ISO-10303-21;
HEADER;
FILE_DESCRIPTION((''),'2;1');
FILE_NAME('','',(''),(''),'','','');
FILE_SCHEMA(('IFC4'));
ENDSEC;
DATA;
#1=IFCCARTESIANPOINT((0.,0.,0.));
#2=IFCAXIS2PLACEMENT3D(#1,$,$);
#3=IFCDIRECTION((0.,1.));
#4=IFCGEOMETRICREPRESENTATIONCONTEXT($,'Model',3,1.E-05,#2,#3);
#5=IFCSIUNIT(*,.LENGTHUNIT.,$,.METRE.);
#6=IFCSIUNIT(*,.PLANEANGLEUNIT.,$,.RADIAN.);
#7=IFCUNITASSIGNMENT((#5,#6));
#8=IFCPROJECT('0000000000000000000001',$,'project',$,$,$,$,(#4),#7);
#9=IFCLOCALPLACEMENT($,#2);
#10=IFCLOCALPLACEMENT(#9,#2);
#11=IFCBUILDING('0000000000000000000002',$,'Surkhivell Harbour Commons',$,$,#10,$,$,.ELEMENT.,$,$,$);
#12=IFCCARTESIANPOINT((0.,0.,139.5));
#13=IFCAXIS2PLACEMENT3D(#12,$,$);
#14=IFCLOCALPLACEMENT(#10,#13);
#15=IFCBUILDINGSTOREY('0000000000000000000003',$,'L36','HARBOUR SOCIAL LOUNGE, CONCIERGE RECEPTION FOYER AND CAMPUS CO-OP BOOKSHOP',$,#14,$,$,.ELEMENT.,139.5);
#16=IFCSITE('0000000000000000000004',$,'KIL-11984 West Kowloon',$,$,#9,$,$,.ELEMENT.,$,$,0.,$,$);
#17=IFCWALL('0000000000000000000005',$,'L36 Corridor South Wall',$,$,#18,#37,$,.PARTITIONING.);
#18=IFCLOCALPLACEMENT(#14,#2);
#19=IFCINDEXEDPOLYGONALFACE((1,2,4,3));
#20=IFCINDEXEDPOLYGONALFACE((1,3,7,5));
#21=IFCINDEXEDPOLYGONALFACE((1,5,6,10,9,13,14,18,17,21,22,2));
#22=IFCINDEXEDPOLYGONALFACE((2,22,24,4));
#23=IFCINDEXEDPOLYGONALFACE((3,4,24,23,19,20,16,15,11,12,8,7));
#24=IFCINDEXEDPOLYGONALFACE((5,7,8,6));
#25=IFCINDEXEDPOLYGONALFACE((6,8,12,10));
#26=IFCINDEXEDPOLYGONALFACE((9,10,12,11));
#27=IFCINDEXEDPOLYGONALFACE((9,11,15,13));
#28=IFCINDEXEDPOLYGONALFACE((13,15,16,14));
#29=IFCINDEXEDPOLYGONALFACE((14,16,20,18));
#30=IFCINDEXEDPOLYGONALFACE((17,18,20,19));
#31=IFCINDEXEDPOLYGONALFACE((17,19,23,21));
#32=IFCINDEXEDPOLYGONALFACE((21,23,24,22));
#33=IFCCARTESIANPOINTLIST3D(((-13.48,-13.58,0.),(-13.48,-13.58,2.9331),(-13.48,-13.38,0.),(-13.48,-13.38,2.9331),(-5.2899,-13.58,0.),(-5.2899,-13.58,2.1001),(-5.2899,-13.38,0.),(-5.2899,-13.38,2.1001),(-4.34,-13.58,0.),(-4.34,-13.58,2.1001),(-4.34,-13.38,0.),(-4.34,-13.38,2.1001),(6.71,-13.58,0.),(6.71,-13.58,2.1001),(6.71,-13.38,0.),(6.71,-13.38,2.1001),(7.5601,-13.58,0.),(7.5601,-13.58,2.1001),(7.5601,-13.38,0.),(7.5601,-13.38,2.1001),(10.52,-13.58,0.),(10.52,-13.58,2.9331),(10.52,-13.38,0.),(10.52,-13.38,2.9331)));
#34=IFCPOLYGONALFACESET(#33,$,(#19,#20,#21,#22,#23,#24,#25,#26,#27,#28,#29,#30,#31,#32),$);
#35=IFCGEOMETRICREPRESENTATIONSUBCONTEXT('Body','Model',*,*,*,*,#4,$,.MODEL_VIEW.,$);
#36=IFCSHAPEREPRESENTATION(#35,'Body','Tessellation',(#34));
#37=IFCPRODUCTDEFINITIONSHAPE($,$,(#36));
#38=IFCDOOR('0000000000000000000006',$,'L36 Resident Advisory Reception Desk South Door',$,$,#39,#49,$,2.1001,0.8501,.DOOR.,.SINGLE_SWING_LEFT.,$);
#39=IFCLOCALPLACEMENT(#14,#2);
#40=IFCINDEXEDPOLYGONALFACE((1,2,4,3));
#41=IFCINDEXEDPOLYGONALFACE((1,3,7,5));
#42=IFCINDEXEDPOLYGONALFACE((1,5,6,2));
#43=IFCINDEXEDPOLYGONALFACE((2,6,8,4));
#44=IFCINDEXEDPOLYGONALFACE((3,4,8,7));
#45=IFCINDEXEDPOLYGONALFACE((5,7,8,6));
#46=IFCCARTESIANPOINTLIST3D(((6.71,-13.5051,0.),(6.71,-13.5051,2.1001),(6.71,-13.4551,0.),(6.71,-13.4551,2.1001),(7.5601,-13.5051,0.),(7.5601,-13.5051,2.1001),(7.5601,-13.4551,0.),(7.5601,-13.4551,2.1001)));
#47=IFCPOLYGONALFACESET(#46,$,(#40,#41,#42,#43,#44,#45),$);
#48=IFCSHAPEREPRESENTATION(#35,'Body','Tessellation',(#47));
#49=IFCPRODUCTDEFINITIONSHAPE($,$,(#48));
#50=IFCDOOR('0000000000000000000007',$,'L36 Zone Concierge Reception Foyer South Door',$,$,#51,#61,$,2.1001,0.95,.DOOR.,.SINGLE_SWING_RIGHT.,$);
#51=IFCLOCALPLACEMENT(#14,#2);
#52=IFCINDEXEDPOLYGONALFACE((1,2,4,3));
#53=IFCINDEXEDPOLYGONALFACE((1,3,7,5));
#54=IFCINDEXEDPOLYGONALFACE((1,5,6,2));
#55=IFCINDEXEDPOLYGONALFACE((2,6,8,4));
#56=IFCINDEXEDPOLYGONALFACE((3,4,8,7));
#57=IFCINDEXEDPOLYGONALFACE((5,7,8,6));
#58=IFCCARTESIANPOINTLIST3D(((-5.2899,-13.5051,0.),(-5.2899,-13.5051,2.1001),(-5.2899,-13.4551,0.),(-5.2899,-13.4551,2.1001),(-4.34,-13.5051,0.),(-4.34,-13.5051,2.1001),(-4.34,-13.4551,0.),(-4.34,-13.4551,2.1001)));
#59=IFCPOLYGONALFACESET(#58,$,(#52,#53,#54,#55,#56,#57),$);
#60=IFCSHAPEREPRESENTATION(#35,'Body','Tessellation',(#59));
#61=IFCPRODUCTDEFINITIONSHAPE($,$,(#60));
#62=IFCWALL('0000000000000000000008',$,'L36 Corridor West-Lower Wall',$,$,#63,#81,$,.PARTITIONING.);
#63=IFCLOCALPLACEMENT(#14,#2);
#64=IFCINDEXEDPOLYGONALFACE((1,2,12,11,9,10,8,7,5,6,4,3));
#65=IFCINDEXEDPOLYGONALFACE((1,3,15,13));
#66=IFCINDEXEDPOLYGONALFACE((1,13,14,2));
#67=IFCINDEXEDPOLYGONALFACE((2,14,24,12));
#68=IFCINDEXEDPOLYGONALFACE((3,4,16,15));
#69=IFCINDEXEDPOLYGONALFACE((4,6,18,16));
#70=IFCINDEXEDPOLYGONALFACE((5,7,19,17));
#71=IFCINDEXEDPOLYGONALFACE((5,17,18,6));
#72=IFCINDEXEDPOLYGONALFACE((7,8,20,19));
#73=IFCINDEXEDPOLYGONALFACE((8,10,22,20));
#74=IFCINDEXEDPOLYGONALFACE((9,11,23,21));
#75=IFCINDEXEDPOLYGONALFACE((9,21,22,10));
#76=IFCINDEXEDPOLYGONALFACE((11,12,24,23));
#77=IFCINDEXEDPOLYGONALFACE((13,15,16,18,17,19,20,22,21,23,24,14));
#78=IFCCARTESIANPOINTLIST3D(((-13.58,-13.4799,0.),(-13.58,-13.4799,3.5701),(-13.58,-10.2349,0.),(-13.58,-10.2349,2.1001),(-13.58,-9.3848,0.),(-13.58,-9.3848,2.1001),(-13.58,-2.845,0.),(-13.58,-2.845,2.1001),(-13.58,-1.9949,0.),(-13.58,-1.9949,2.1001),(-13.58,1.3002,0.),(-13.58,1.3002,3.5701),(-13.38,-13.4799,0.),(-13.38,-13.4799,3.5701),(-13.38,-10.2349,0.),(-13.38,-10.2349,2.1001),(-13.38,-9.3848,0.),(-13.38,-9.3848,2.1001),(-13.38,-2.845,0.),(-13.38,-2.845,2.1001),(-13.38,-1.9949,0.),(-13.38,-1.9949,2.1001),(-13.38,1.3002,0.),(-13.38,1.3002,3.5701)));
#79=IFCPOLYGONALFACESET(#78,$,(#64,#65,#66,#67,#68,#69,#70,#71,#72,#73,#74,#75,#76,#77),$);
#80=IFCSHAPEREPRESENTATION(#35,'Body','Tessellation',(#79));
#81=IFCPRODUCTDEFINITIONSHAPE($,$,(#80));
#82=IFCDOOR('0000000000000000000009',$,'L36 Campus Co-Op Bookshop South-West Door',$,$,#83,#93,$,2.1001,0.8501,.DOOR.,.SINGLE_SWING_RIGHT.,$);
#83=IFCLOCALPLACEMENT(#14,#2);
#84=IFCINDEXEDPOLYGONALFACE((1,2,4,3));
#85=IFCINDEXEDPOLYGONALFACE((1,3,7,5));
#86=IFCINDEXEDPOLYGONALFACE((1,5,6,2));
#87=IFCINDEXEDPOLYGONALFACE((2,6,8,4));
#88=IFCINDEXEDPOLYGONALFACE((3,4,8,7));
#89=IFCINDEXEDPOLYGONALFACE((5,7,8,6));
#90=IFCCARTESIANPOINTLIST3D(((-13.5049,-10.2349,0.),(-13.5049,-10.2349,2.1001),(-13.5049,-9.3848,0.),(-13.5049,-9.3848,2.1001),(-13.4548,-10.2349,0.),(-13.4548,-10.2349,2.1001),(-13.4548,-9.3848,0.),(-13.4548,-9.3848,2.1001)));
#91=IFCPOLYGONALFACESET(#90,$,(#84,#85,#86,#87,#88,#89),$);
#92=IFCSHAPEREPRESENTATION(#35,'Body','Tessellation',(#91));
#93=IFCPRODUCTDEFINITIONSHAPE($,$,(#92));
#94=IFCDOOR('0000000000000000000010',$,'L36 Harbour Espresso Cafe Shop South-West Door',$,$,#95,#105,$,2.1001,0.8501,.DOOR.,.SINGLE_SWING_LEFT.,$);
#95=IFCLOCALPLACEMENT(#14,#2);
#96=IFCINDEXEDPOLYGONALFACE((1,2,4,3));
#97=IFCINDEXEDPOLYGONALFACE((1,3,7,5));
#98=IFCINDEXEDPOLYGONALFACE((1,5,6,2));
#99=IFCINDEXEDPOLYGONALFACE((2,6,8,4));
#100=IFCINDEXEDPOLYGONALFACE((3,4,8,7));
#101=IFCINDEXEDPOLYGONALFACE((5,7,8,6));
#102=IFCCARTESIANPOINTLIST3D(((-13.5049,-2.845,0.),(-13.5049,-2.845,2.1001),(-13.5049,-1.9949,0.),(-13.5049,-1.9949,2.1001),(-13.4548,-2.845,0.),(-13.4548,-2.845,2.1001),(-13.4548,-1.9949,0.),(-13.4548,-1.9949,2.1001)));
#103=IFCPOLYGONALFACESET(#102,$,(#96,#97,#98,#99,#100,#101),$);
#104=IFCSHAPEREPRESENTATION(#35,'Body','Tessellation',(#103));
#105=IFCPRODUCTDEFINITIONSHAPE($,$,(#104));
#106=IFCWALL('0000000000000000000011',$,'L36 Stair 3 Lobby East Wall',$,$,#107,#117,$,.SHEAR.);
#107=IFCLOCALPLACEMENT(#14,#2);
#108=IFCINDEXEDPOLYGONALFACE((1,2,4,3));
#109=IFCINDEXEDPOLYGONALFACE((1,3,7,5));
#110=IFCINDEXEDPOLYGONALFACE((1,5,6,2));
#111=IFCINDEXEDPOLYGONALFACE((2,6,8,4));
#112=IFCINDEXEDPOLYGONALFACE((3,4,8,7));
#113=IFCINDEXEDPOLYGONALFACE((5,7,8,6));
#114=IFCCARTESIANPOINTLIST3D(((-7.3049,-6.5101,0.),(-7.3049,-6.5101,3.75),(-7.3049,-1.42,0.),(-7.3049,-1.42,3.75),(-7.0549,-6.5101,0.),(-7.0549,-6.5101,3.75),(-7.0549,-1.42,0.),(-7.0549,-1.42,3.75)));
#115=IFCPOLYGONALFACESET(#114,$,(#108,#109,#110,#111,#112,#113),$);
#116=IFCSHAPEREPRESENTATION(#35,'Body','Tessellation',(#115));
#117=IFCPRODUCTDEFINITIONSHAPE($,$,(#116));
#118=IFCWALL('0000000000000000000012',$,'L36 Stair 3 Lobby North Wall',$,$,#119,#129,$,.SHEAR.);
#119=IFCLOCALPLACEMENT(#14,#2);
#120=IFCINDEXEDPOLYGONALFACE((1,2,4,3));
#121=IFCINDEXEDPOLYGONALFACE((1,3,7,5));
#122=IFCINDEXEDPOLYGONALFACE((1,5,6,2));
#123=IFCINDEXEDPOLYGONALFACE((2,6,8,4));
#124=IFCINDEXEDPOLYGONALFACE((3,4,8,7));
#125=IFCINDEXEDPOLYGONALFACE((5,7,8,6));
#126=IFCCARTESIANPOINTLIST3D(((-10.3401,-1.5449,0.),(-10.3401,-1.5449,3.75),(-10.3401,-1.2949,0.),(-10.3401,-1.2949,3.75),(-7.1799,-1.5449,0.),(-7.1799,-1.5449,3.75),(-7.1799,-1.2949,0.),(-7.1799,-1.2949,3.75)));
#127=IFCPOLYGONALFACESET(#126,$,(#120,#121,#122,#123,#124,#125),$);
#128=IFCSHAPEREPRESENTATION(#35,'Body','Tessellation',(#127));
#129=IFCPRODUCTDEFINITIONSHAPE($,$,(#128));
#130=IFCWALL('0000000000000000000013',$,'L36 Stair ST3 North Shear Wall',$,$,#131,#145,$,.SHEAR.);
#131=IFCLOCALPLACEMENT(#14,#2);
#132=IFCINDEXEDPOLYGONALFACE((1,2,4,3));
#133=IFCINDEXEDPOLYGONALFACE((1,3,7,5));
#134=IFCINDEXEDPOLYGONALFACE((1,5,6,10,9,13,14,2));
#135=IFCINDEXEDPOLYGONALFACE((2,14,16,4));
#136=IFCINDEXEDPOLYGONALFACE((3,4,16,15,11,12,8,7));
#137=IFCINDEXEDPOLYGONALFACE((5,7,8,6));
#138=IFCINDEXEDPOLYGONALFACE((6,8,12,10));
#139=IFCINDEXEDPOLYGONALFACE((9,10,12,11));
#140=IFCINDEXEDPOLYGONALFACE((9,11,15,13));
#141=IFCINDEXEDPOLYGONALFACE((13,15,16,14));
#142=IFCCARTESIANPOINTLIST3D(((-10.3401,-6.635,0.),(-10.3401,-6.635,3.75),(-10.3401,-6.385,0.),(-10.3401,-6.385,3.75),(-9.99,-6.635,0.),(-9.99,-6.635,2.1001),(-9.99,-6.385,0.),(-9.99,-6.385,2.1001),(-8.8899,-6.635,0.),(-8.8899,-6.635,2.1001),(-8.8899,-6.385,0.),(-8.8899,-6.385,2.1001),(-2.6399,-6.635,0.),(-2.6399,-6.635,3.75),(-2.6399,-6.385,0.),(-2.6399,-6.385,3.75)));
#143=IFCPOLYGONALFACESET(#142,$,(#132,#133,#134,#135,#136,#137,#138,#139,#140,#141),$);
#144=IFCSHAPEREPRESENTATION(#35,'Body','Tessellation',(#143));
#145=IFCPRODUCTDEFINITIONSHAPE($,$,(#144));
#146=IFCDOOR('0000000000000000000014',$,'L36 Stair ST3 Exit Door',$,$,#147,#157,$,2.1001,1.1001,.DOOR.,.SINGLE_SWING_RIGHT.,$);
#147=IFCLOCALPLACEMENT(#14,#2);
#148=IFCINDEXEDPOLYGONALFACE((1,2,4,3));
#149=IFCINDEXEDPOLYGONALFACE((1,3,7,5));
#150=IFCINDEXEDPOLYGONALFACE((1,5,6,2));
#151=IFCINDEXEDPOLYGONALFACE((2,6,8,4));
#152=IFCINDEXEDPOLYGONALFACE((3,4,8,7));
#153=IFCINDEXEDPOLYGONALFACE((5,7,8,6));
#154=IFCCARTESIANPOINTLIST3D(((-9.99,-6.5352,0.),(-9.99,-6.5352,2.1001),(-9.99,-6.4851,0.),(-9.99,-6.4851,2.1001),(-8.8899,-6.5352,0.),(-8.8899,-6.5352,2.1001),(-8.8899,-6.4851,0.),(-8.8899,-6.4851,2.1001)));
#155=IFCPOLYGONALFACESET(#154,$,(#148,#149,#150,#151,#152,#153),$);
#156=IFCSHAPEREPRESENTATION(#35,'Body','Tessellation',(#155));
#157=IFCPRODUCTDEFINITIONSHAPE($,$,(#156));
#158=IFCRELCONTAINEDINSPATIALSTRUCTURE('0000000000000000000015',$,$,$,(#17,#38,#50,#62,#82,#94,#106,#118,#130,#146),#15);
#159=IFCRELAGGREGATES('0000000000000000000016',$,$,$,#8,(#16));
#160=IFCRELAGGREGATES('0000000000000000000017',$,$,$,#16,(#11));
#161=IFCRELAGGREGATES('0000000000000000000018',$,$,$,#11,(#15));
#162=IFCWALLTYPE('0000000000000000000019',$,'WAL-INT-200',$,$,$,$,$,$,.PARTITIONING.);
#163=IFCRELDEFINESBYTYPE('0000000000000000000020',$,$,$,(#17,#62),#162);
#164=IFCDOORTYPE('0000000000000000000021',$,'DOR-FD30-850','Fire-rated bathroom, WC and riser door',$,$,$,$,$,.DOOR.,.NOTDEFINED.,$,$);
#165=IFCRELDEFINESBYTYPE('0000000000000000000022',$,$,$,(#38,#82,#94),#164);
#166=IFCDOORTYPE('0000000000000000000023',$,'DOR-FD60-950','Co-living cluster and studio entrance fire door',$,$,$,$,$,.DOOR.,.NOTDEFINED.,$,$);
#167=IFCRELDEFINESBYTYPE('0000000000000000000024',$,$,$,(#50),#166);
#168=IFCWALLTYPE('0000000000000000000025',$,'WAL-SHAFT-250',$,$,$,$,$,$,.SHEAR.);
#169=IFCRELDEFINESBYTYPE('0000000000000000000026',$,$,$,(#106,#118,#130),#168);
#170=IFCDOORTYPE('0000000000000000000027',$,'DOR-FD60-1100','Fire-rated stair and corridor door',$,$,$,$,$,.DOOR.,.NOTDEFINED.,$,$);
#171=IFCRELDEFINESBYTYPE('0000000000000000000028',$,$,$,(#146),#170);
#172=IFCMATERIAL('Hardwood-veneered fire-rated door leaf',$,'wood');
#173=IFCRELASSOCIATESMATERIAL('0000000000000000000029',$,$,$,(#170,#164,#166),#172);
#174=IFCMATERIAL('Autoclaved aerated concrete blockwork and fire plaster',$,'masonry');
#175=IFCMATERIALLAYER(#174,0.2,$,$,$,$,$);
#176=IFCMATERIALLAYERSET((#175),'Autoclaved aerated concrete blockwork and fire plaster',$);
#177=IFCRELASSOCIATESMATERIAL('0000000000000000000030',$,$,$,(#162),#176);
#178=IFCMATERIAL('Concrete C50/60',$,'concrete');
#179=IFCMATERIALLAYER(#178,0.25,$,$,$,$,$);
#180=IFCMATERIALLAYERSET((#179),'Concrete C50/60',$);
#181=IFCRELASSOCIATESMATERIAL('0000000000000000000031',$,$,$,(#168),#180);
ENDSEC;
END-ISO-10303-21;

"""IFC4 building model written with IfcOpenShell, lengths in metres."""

from ifc_helpers import new_model, si_unit, direction, frame, frame_2d, origin, place, context, subcontext, project, spatial, rectangle, extrude, material, layer, layer_set, type_object, element, fill, save


model = new_model("IFC4")

# Units and contexts
model_context = context("Model", 3, precision=1e-05, world=origin(), true_north=direction((0.0, 1.0)))
body_context = subcontext(model_context, "Body", "Model", "MODEL_VIEW")
ifc_project = project(units=[si_unit("LENGTHUNIT", "METRE"), si_unit("PLANEANGLEUNIT", "RADIAN")], contexts=[model_context])

# Site, building, storey
site_placement = place(None, origin())
site = spatial("IfcSite", under=ifc_project, at=site_placement, Name="KIL-11984 West Kowloon", CompositionType="ELEMENT", RefElevation=0.0)
building_placement = place(site_placement, origin())
building = spatial("IfcBuilding", under=site, at=building_placement, Name="Surkhivell Harbour Commons", CompositionType="ELEMENT")
storey_placement = place(building_placement, frame((0.0, 0.0, 139.5)))
storey = spatial("IfcBuildingStorey", under=building, at=storey_placement, Name="L36", Description="HARBOUR SOCIAL LOUNGE, CONCIERGE RECEPTION FOYER AND CAMPUS CO-OP BOOKSHOP", CompositionType="ELEMENT", Elevation=139.5)

# Shared definitions
ifc_material_1 = material(Name="Hardwood-veneered fire-rated door leaf", Category="wood")
door_type_1 = type_object("IfcDoorType", Name="DOR-FD60-1100", Description="Fire-rated stair and corridor door", OperationType="NOTDEFINED", PredefinedType="DOOR", material=ifc_material_1)

# Shared definitions
door_type_2 = type_object("IfcDoorType", Name="DOR-FD30-850", Description="Fire-rated bathroom, WC and riser door", OperationType="NOTDEFINED", PredefinedType="DOOR", material=ifc_material_1)

# Walls, openings, doors
ifc_material_2 = material(Name="Autoclaved aerated concrete blockwork and fire plaster", Category="masonry")
ifc_layer_1 = layer(ifc_material_2, 0.2)
ifc_layer_set_1 = layer_set([ifc_layer_1], Name="Autoclaved aerated concrete blockwork and fire plaster")
wall_type_1 = type_object("IfcWallType", Name="WAL-INT-200", PredefinedType="PARTITIONING", material=ifc_layer_set_1)
wall_1_placement = place(storey_placement, frame((-13.48, -13.48, 0.0), z_axis=(0.0, 0.0, 1.0), x_axis=(1.0, 0.0, 0.0)))
wall_1 = element("IfcWall", 1, at=wall_1_placement, inside=storey, type_object=wall_type_1, Name="L36 Corridor South Wall", PredefinedType="PARTITIONING", context=body_context, shape_type="SweptSolid", body=[
    extrude(rectangle(XDim=24.0, YDim=0.2, at=frame_2d((12.0, 0.0))), origin(), (0.0, 0.0, 1.0), 2.9331),
])
opening_1_placement = place(wall_1_placement, frame((8.1899, 0.0, 0.0)))
opening_1 = element("IfcOpeningElement", 2, at=opening_1_placement, cuts=wall_1, PredefinedType="OPENING", context=body_context, shape_type="SweptSolid", body=[
    extrude(rectangle(XDim=0.95, YDim=2.1001, at=frame_2d((0.4751, 1.05))), frame((0.0, 0.1099, 0.0), z_axis=(0.0, -1.0, 0.0), x_axis=(1.0, 0.0, 0.0)), (0.0, 0.0, 1.0), 0.22),
])
opening_2_placement = place(wall_1_placement, frame((20.1899, 0.0, 0.0)))
opening_2 = element("IfcOpeningElement", 3, at=opening_2_placement, cuts=wall_1, PredefinedType="OPENING", context=body_context, shape_type="SweptSolid", body=[
    extrude(rectangle(XDim=0.8501, YDim=2.1001, at=frame_2d((0.425, 1.05))), frame((0.0, 0.1099, 0.0), z_axis=(0.0, -1.0, 0.0), x_axis=(1.0, 0.0, 0.0)), (0.0, 0.0, 1.0), 0.22),
])
door_1_placement = place(opening_2_placement, origin())
door_1 = element("IfcDoor", 4, at=door_1_placement, inside=storey, type_object=door_type_2, Name="L36 Resident Advisory Reception Desk South Door", OperationType="SINGLE_SWING_LEFT", OverallHeight=2.1001, OverallWidth=0.8501, PredefinedType="DOOR", context=body_context, shape_type="SweptSolid", body=[
    extrude(rectangle(XDim=0.8501, YDim=2.1001, at=frame_2d((0.425, 1.05))), frame((0.0, 0.0249, 0.0), z_axis=(0.0, -1.0, 0.0), x_axis=(1.0, 0.0, 0.0)), (0.0, 0.0, 1.0), 0.05),
])
fill(opening_2, door_1)
door_type_3 = type_object("IfcDoorType", Name="DOR-FD60-950", Description="Co-living cluster and studio entrance fire door", OperationType="NOTDEFINED", PredefinedType="DOOR", material=ifc_material_1)
door_2_placement = place(opening_1_placement, origin())
door_2 = element("IfcDoor", 5, at=door_2_placement, inside=storey, type_object=door_type_3, Name="L36 Zone Concierge Reception Foyer South Door", OperationType="SINGLE_SWING_RIGHT", OverallHeight=2.1001, OverallWidth=0.95, PredefinedType="DOOR", context=body_context, shape_type="SweptSolid", body=[
    extrude(rectangle(XDim=0.95, YDim=2.1001, at=frame_2d((0.4751, 1.05))), frame((0.0, 0.0249, 0.0), z_axis=(0.0, -1.0, 0.0), x_axis=(1.0, 0.0, 0.0)), (0.0, 0.0, 1.0), 0.05),
])
fill(opening_1, door_2)
wall_2_placement = place(storey_placement, frame((-13.48, -13.48, 0.0), z_axis=(0.0, 0.0, 1.0), x_axis=(0.0, 1.0, 0.0)))
wall_2 = element("IfcWall", 6, at=wall_2_placement, inside=storey, type_object=wall_type_1, Name="L36 Corridor West-Lower Wall", PredefinedType="PARTITIONING", context=body_context, shape_type="SweptSolid", body=[
    extrude(rectangle(XDim=14.78, YDim=0.2, at=frame_2d((7.3901, 0.0))), origin(), (0.0, 0.0, 1.0), 3.5701),
])
opening_3_placement = place(wall_2_placement, frame((3.2451, 0.0, 0.0)))
opening_3 = element("IfcOpeningElement", 7, at=opening_3_placement, cuts=wall_2, PredefinedType="OPENING", context=body_context, shape_type="SweptSolid", body=[
    extrude(rectangle(XDim=0.8501, YDim=2.1001, at=frame_2d((0.425, 1.05))), frame((0.0, 0.1099, 0.0), z_axis=(0.0, -1.0, 0.0), x_axis=(1.0, 0.0, 0.0)), (0.0, 0.0, 1.0), 0.22),
])
opening_4_placement = place(wall_2_placement, frame((10.635, 0.0, 0.0)))
opening_4 = element("IfcOpeningElement", 8, at=opening_4_placement, cuts=wall_2, PredefinedType="OPENING", context=body_context, shape_type="SweptSolid", body=[
    extrude(rectangle(XDim=0.8501, YDim=2.1001, at=frame_2d((0.425, 1.05))), frame((0.0, 0.1099, 0.0), z_axis=(0.0, -1.0, 0.0), x_axis=(1.0, 0.0, 0.0)), (0.0, 0.0, 1.0), 0.22),
])
door_3_placement = place(opening_3_placement, origin())
door_3 = element("IfcDoor", 9, at=door_3_placement, inside=storey, type_object=door_type_2, Name="L36 Campus Co-Op Bookshop South-West Door", OperationType="SINGLE_SWING_RIGHT", OverallHeight=2.1001, OverallWidth=0.8501, PredefinedType="DOOR", context=body_context, shape_type="SweptSolid", body=[
    extrude(rectangle(XDim=0.8501, YDim=2.1001, at=frame_2d((0.425, 1.05))), frame((0.0, 0.0249, 0.0), z_axis=(0.0, -1.0, 0.0), x_axis=(1.0, 0.0, 0.0)), (0.0, 0.0, 1.0), 0.05),
])
fill(opening_3, door_3)
door_4_placement = place(opening_4_placement, origin())
door_4 = element("IfcDoor", 10, at=door_4_placement, inside=storey, type_object=door_type_2, Name="L36 Harbour Espresso Cafe Shop South-West Door", OperationType="SINGLE_SWING_LEFT", OverallHeight=2.1001, OverallWidth=0.8501, PredefinedType="DOOR", context=body_context, shape_type="SweptSolid", body=[
    extrude(rectangle(XDim=0.8501, YDim=2.1001, at=frame_2d((0.425, 1.05))), frame((0.0, 0.0249, 0.0), z_axis=(0.0, -1.0, 0.0), x_axis=(1.0, 0.0, 0.0)), (0.0, 0.0, 1.0), 0.05),
])
fill(opening_4, door_4)

# Walls
ifc_material_3 = material(Name="Concrete C50/60", Category="concrete")
ifc_layer_2 = layer(ifc_material_3, 0.25)
ifc_layer_set_2 = layer_set([ifc_layer_2], Name="Concrete C50/60")
wall_type_2 = type_object("IfcWallType", Name="WAL-SHAFT-250", PredefinedType="SHEAR", material=ifc_layer_set_2)
wall_3_placement = place(storey_placement, frame((-7.1799, -6.51, 0.0), z_axis=(0.0, 0.0, 1.0), x_axis=(0.0, 1.0, 0.0)))
element("IfcWall", 11, at=wall_3_placement, inside=storey, type_object=wall_type_2, Name="L36 Stair 3 Lobby East Wall", PredefinedType="SHEAR", context=body_context, shape_type="SweptSolid", body=[
    extrude(rectangle(XDim=5.0901, YDim=0.25, at=frame_2d((2.5449, 0.0))), origin(), (0.0, 0.0, 1.0), 3.75),
])
wall_4_placement = place(storey_placement, frame((-10.3401, -1.4199, 0.0), z_axis=(0.0, 0.0, 1.0), x_axis=(1.0, 0.0, 0.0)))
element("IfcWall", 12, at=wall_4_placement, inside=storey, type_object=wall_type_2, Name="L36 Stair 3 Lobby North Wall", PredefinedType="SHEAR", context=body_context, shape_type="SweptSolid", body=[
    extrude(rectangle(XDim=3.1602, YDim=0.25, at=frame_2d((1.5801, 0.0))), origin(), (0.0, 0.0, 1.0), 3.75),
])

# Wall, opening, door
wall_5_placement = place(storey_placement, frame((-10.3401, -6.51, 0.0), z_axis=(0.0, 0.0, 1.0), x_axis=(1.0, 0.0, 0.0)))
wall_5 = element("IfcWall", 13, at=wall_5_placement, inside=storey, type_object=wall_type_2, Name="L36 Stair ST3 North Shear Wall", PredefinedType="SHEAR", context=body_context, shape_type="SweptSolid", body=[
    extrude(rectangle(XDim=7.7002, YDim=0.25, at=frame_2d((3.8501, 0.0))), origin(), (0.0, 0.0, 1.0), 3.75),
])
opening_5_placement = place(wall_5_placement, frame((0.3501, 0.0, 0.0)))
opening_5 = element("IfcOpeningElement", 14, at=opening_5_placement, cuts=wall_5, PredefinedType="OPENING", context=body_context, shape_type="SweptSolid", body=[
    extrude(rectangle(XDim=1.1001, YDim=2.1001, at=frame_2d((0.55, 1.05))), frame((0.0, 0.135, 0.0), z_axis=(0.0, -1.0, 0.0), x_axis=(1.0, 0.0, 0.0)), (0.0, 0.0, 1.0), 0.27),
])
door_5_placement = place(opening_5_placement, origin())
door_5 = element("IfcDoor", 15, at=door_5_placement, inside=storey, type_object=door_type_1, Name="L36 Stair ST3 Exit Door", OperationType="SINGLE_SWING_RIGHT", OverallHeight=2.1001, OverallWidth=1.1001, PredefinedType="DOOR", context=body_context, shape_type="SweptSolid", body=[
    extrude(rectangle(XDim=1.1001, YDim=2.1001, at=frame_2d((0.55, 1.05))), frame((0.0, 0.0249, 0.0), z_axis=(0.0, -1.0, 0.0), x_axis=(1.0, 0.0, 0.0)), (0.0, 0.0, 1.0), 0.05),
])
fill(opening_5, door_5)

save(model, "model.ifc")
